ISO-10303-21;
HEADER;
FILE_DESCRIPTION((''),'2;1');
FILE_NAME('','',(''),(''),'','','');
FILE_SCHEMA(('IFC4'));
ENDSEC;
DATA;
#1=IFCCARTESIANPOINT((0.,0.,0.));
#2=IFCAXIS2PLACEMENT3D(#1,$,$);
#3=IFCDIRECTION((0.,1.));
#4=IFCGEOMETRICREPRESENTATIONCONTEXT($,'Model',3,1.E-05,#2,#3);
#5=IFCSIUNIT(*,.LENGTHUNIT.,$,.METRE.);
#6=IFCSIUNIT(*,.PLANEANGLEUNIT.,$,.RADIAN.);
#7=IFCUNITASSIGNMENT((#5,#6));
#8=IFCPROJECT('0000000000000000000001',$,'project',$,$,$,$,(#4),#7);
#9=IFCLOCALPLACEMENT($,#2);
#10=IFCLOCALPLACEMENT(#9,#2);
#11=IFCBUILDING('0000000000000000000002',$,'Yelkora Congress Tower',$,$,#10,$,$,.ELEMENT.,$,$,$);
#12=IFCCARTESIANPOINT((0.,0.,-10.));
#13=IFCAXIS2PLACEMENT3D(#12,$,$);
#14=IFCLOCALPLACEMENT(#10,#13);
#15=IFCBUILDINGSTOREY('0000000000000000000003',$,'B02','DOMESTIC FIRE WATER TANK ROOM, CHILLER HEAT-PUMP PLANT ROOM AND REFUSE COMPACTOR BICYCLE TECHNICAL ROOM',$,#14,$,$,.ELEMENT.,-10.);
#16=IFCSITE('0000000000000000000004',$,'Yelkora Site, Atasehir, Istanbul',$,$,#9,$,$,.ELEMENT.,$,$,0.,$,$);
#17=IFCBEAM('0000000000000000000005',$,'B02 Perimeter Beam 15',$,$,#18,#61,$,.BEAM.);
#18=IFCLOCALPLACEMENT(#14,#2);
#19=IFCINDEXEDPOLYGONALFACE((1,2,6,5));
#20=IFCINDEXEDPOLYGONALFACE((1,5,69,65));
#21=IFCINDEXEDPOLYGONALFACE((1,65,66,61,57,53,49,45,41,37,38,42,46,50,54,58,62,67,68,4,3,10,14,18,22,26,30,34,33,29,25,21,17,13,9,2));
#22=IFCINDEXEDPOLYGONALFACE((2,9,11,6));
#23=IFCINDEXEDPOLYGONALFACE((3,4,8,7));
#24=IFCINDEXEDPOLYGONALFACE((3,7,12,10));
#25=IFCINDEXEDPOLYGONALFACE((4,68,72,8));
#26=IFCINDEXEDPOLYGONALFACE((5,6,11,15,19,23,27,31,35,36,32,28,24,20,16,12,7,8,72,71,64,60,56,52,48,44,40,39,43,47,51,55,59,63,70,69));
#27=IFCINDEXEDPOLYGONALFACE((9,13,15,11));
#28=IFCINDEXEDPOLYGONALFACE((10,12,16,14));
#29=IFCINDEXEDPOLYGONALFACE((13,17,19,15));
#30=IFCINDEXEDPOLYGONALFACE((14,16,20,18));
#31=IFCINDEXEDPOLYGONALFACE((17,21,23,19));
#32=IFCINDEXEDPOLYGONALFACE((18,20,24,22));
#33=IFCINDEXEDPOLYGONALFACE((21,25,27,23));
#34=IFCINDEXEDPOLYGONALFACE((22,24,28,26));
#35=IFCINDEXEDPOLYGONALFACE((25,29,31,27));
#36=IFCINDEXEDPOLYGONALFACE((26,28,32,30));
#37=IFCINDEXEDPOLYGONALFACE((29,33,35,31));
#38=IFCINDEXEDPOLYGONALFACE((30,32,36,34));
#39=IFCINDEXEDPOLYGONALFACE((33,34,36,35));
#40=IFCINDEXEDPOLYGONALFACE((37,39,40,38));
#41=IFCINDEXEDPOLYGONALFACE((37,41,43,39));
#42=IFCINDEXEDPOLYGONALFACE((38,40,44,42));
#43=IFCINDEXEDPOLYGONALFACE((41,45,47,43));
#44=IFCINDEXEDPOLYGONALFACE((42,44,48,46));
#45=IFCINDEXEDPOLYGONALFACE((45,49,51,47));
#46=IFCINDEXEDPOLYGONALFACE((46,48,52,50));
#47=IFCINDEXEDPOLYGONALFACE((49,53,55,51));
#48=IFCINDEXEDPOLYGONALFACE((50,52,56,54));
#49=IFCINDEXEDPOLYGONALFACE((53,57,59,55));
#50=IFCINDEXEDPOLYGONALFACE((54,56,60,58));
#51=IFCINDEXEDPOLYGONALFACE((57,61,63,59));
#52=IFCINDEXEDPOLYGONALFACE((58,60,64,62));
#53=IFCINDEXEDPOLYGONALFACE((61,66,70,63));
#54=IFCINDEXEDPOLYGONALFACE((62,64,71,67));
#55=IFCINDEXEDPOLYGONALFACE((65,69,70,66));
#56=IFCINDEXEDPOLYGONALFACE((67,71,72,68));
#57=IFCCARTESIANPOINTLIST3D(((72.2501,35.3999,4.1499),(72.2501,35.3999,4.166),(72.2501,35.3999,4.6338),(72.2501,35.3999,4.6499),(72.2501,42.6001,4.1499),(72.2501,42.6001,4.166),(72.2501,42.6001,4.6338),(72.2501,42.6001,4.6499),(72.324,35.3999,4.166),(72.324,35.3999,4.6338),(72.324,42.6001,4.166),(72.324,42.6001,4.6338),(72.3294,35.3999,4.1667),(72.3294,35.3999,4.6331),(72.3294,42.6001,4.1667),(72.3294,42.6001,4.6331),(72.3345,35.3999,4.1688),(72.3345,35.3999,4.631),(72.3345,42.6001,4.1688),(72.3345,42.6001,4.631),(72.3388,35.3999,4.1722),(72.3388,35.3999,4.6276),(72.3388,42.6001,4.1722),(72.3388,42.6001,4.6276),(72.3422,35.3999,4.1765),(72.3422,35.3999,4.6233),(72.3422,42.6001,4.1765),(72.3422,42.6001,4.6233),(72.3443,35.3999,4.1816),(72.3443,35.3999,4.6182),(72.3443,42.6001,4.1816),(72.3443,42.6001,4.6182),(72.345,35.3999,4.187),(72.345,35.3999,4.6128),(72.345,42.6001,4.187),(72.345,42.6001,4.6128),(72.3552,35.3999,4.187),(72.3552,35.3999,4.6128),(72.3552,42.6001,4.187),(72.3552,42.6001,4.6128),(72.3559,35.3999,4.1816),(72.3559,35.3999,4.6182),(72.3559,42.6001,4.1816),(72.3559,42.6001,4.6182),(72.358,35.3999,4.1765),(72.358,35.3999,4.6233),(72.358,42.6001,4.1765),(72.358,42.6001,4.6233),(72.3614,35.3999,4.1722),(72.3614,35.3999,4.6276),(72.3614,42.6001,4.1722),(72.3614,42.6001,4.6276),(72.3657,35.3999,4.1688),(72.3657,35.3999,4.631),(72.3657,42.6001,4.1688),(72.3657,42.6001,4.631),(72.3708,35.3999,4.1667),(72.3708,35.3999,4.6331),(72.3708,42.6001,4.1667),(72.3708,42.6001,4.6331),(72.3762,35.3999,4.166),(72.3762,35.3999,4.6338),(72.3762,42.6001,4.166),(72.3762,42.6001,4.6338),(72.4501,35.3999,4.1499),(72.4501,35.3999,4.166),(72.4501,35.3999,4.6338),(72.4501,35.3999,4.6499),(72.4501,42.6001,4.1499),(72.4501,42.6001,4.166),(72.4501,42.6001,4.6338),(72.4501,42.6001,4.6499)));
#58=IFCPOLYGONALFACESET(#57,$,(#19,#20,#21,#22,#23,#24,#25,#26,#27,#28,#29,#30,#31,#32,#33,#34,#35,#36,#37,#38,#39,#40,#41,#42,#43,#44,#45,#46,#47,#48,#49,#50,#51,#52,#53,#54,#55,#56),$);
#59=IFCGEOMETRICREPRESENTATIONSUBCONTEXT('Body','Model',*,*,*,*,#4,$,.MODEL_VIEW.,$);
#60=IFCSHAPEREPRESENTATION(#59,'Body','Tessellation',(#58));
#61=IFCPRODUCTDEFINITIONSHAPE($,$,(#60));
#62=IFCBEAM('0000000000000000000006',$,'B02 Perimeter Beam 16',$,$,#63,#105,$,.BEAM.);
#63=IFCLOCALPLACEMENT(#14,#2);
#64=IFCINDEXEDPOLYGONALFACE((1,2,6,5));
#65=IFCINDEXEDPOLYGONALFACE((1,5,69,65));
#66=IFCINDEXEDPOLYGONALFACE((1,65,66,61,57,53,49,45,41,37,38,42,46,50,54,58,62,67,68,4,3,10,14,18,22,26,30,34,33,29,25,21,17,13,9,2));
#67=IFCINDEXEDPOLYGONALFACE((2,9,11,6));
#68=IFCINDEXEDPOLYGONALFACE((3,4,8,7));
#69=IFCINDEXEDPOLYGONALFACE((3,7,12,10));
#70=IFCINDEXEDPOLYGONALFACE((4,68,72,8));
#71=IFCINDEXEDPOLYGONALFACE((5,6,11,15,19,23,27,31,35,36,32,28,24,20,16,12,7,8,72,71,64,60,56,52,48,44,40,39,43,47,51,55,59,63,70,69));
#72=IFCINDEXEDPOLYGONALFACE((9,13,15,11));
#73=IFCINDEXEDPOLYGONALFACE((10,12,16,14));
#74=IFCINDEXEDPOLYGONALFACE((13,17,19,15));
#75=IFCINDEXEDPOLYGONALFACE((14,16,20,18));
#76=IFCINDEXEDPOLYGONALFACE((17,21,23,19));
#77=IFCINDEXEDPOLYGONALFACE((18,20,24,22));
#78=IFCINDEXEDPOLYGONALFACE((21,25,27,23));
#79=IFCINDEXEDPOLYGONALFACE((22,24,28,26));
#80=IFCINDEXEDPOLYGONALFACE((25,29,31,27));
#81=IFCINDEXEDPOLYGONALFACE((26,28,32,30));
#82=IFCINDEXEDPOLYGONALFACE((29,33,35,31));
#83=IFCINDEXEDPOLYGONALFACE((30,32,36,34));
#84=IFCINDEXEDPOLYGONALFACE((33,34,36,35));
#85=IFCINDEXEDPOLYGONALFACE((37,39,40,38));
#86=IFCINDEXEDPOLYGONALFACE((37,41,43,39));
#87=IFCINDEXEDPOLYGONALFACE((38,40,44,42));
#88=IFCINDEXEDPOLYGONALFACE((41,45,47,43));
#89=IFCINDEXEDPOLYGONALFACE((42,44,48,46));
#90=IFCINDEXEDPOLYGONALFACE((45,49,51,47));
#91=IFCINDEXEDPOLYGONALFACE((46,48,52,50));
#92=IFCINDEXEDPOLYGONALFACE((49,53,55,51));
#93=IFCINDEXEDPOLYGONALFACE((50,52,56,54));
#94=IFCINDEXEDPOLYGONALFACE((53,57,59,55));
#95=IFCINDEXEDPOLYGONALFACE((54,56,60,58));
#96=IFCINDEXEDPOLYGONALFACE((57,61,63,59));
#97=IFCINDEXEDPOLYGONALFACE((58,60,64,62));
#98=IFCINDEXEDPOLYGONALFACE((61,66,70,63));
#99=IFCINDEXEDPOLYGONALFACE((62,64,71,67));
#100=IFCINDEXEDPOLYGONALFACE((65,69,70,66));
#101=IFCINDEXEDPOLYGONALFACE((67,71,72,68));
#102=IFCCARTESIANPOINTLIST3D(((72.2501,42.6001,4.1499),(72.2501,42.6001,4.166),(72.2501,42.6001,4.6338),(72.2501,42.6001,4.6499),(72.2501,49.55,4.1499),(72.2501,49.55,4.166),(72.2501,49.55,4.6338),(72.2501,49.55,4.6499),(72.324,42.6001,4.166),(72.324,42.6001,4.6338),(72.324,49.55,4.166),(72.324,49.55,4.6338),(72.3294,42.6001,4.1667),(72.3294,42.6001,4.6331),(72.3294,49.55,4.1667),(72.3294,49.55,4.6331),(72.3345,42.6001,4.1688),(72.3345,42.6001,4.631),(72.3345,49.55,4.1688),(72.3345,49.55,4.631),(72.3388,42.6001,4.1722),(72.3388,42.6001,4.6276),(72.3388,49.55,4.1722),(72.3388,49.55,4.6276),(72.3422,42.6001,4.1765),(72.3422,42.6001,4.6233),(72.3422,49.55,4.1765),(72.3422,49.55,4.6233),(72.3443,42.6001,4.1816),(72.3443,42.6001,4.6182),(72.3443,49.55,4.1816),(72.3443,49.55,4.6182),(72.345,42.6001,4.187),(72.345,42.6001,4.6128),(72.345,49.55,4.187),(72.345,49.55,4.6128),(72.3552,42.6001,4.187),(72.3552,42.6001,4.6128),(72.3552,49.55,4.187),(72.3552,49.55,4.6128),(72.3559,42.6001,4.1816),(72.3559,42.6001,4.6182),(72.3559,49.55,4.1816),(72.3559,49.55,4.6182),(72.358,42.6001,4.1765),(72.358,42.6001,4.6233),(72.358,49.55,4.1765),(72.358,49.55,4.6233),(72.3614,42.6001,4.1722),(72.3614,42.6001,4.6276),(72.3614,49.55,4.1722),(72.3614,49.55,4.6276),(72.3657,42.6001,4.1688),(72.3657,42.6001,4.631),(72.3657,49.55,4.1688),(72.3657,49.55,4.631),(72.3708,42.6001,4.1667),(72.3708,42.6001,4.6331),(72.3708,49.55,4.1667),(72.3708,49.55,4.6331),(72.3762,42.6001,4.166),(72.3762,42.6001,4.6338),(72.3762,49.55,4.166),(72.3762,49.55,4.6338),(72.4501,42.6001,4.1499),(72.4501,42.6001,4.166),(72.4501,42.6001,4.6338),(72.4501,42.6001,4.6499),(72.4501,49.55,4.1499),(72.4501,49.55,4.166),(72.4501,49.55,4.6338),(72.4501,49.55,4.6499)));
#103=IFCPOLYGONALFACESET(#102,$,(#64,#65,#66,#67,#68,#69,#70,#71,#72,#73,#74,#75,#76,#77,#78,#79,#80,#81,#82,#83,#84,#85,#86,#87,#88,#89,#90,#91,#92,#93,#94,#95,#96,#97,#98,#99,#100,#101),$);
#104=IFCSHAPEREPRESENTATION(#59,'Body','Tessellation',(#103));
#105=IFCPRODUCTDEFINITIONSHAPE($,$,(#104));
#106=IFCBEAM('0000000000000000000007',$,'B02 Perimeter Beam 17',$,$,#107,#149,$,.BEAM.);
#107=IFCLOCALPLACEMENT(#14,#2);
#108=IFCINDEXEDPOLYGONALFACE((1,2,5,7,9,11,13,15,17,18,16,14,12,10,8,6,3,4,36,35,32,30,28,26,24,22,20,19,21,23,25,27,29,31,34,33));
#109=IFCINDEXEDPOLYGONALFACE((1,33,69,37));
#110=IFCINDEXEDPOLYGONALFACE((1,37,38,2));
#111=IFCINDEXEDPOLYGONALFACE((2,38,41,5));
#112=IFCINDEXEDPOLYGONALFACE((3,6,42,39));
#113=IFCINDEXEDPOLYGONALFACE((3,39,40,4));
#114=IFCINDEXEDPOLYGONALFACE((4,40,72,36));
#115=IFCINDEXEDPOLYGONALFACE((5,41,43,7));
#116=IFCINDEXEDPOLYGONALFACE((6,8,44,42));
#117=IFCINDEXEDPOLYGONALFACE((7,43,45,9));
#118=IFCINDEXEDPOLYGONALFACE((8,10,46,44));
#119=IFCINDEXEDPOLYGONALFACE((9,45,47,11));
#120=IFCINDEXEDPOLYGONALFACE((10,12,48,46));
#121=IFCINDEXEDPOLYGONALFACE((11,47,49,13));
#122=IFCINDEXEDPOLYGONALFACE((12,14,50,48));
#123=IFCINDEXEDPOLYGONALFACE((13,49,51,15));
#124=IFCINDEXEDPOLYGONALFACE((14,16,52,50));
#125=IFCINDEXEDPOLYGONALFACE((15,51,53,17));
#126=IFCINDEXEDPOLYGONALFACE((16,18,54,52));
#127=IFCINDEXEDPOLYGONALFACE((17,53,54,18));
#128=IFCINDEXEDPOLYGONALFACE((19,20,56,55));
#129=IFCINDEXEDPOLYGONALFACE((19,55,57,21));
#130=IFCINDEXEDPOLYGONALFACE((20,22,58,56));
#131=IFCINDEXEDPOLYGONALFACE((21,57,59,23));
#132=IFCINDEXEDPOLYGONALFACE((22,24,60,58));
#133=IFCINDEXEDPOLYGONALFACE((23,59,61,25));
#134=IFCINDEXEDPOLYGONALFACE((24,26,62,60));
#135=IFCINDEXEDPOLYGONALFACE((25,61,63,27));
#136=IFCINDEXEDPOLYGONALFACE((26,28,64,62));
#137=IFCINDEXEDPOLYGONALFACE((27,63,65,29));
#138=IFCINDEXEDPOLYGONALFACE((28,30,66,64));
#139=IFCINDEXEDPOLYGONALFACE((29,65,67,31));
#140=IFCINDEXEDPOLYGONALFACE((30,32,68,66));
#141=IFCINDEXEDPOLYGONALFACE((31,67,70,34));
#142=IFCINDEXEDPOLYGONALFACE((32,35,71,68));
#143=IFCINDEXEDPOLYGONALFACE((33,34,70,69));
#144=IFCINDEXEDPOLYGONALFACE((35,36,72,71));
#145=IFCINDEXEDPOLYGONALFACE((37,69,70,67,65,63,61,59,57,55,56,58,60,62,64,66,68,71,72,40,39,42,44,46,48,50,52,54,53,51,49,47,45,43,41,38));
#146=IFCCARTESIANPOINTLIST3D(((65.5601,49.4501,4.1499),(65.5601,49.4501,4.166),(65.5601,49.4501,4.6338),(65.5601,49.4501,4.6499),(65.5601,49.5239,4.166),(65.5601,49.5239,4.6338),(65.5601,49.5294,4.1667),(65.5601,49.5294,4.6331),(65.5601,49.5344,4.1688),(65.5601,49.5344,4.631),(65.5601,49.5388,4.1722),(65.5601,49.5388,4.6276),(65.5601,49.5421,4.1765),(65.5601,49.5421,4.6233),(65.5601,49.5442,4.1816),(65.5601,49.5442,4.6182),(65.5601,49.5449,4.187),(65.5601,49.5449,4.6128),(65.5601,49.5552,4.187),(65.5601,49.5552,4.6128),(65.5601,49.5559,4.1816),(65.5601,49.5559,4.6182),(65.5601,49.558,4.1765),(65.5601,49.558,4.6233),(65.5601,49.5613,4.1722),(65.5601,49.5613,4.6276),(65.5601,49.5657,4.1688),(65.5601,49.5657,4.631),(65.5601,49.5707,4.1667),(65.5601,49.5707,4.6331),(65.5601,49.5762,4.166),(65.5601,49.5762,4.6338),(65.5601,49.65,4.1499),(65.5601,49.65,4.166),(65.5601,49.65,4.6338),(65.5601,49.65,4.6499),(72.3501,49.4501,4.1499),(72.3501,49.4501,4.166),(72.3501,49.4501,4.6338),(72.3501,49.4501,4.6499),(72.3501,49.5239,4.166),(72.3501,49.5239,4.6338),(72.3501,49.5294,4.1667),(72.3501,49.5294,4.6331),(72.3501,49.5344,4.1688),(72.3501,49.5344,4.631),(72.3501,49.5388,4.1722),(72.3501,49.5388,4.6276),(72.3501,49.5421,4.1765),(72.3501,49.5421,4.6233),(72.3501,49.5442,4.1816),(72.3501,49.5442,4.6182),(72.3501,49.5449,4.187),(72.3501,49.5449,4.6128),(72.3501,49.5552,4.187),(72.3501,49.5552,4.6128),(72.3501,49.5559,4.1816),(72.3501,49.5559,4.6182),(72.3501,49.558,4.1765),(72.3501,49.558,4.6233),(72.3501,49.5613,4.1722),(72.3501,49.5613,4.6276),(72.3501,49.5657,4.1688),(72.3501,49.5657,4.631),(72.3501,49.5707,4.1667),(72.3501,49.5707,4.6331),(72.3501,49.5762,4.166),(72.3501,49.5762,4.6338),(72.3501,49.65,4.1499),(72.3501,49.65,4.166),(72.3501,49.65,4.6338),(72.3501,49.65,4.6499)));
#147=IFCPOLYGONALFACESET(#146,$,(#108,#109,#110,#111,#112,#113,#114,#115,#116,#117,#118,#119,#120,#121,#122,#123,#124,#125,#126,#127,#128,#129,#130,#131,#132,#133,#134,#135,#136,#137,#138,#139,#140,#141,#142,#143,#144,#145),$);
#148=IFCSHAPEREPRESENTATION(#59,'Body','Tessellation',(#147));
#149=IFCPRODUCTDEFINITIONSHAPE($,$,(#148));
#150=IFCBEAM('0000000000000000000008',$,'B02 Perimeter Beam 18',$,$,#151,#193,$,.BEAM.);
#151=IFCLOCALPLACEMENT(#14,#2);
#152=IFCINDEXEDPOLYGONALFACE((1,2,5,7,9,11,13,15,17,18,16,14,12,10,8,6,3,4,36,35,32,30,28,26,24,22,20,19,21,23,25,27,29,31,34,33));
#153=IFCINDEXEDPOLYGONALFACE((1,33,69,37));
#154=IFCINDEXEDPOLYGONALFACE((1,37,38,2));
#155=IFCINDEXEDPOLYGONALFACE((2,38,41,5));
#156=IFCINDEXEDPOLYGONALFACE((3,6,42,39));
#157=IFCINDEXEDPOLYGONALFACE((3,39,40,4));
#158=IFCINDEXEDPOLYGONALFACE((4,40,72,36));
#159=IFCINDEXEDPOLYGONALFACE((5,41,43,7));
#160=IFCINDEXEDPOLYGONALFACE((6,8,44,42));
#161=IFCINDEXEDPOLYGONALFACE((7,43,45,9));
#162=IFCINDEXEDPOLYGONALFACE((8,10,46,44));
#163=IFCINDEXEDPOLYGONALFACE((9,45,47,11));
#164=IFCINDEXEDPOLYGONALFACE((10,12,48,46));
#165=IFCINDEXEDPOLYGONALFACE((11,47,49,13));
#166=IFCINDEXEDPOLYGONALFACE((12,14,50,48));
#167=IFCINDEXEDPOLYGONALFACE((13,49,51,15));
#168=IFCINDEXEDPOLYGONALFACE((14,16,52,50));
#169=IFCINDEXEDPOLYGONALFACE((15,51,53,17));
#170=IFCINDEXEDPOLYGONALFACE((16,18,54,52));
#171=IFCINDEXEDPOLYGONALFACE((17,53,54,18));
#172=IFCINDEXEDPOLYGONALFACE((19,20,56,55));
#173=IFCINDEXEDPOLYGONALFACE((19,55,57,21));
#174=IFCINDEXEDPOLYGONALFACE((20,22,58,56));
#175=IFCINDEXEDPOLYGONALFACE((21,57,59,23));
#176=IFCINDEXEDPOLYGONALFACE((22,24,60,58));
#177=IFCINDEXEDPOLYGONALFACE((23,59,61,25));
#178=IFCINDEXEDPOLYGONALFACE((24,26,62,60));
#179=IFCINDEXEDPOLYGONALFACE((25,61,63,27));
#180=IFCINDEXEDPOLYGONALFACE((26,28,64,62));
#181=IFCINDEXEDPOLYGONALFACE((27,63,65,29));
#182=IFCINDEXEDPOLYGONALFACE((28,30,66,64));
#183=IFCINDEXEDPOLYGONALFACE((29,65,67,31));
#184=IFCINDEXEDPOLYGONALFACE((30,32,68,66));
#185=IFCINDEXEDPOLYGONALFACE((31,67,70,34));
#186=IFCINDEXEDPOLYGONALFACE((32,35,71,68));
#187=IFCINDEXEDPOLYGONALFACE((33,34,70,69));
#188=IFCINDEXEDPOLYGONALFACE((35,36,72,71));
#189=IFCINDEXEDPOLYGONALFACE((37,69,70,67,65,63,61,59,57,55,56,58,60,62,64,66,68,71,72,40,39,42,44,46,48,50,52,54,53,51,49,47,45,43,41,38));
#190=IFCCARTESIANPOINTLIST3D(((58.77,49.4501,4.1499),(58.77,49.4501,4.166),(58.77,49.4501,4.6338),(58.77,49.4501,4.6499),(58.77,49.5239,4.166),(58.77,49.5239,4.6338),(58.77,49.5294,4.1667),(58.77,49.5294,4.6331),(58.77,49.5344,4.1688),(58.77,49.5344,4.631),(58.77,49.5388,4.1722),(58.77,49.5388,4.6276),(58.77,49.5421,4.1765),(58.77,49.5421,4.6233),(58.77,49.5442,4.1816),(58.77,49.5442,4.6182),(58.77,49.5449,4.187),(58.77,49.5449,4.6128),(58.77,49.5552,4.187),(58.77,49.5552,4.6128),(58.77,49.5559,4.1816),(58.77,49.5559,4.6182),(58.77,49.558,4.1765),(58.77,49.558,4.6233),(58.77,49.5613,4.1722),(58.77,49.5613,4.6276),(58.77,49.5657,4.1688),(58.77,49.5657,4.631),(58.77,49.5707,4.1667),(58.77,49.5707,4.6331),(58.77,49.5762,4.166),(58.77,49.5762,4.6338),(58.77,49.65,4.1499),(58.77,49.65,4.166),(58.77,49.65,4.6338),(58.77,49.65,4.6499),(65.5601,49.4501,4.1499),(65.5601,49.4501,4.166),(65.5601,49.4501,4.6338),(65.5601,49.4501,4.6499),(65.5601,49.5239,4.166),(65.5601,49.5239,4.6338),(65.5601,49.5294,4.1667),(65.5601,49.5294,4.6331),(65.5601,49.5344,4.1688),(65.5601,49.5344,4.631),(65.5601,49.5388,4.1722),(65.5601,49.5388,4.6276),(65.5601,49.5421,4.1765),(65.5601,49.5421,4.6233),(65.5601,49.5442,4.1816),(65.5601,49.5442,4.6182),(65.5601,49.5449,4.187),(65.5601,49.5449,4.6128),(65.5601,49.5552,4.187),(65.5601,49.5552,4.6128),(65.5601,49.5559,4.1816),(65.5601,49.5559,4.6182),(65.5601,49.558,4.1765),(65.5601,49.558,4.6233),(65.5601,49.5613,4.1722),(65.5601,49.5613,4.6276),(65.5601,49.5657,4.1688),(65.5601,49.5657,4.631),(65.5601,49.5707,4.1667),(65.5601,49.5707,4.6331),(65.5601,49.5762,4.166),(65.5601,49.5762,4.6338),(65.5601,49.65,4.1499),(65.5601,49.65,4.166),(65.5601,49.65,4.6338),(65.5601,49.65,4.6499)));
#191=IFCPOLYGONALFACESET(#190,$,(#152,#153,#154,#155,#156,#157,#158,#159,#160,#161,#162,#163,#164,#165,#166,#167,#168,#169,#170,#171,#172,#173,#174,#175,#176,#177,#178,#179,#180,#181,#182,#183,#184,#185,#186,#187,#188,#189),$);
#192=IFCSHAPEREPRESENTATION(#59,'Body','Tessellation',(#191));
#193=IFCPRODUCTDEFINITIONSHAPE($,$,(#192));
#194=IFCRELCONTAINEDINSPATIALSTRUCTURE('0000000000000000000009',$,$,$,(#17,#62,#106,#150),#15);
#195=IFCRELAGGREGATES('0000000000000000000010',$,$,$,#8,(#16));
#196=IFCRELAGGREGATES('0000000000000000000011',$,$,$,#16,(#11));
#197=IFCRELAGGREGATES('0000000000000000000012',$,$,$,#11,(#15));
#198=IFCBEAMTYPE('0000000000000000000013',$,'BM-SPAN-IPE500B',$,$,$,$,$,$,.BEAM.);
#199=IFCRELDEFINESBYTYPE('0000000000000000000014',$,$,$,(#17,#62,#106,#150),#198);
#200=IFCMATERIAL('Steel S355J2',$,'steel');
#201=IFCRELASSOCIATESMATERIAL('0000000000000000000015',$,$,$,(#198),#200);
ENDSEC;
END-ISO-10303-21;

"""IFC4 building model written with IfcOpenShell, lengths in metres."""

from ifc_helpers import new_model, si_unit, direction, frame, origin, origin_2d, place, context, subcontext, project, spatial, i_section, extrude, material, material_profile, profile_set, type_object, element, save


model = new_model("IFC4")

# Units and contexts
model_context = context("Model", 3, precision=1e-05, world=origin(), true_north=direction((0.0, 1.0)))
body_context = subcontext(model_context, "Body", "Model", "MODEL_VIEW")
ifc_project = project(units=[si_unit("LENGTHUNIT", "METRE"), si_unit("PLANEANGLEUNIT", "RADIAN")], contexts=[model_context])

# Site, building, storey
site_placement = place(None, origin())
site = spatial("IfcSite", under=ifc_project, at=site_placement, Name="Yelkora Site, Atasehir, Istanbul", CompositionType="ELEMENT", RefElevation=0.0)
building_placement = place(site_placement, origin())
building = spatial("IfcBuilding", under=site, at=building_placement, Name="Yelkora Congress Tower", CompositionType="ELEMENT")
storey_placement = place(building_placement, frame((0.0, 0.0, -10.0)))
storey = spatial("IfcBuildingStorey", under=building, at=storey_placement, Name="B02", Description="DOMESTIC FIRE WATER TANK ROOM, CHILLER HEAT-PUMP PLANT ROOM AND REFUSE COMPACTOR BICYCLE TECHNICAL ROOM", CompositionType="ELEMENT", Elevation=-10.0)

# Beams
ifc_material_1 = material(Name="Steel S355J2", Category="steel")
ifc_material_profile_1 = material_profile(ifc_material_1, i_section(OverallWidth=0.2, OverallDepth=0.5, WebThickness=0.0103, FlangeThickness=0.0161, FilletRadius=0.021, at=origin_2d()), Name="IPE 500")
ifc_profile_set_1 = profile_set([ifc_material_profile_1], Name="Steel S355J2")
beam_type_1 = type_object("IfcBeamType", Name="BM-SPAN-IPE500B", PredefinedType="BEAM", material=ifc_profile_set_1)
beam_1_placement = place(storey_placement, frame((72.3501, 35.3999, 4.3999), z_axis=(0.0, 1.0, 0.0), x_axis=(-1.0, 0.0, 0.0)))
element("IfcBeam", 1, at=beam_1_placement, inside=storey, type_object=beam_type_1, Name="B02 Perimeter Beam 15", PredefinedType="BEAM", context=body_context, shape_type="SweptSolid", body=[
    extrude(i_section(OverallWidth=0.2, OverallDepth=0.5, WebThickness=0.0103, FlangeThickness=0.0161, FilletRadius=0.021, at=origin_2d()), origin(), (0.0, 0.0, 1.0), 7.2002),
])
beam_2_placement = place(storey_placement, frame((72.3501, 42.6001, 4.3999), z_axis=(0.0, 1.0, 0.0), x_axis=(-1.0, 0.0, 0.0)))
element("IfcBeam", 2, at=beam_2_placement, inside=storey, type_object=beam_type_1, Name="B02 Perimeter Beam 16", PredefinedType="BEAM", context=body_context, shape_type="SweptSolid", body=[
    extrude(i_section(OverallWidth=0.2, OverallDepth=0.5, WebThickness=0.0103, FlangeThickness=0.0161, FilletRadius=0.021, at=origin_2d()), origin(), (0.0, 0.0, 1.0), 6.95),
])
for number, where, z_axis, x_axis, name in (
    (3, (72.3501, 49.55, 4.3999), (-1.0, 0.0, 0.0), (0.0, -1.0, 0.0), "B02 Perimeter Beam 17"),
    (4, (65.5601, 49.55, 4.3999), (-1.0, 0.0, 0.0), (0.0, -1.0, 0.0), "B02 Perimeter Beam 18"),
):
    element("IfcBeam", number, at=place(storey_placement, frame(where, z_axis=z_axis, x_axis=x_axis)), inside=storey, type_object=beam_type_1, Name=name, PredefinedType="BEAM", context=body_context, shape_type="SweptSolid", body=[
        extrude(i_section(OverallWidth=0.2, OverallDepth=0.5, WebThickness=0.0103, FlangeThickness=0.0161, FilletRadius=0.021, at=origin_2d()), origin(), (0.0, 0.0, 1.0), 6.79),
    ])

save(model, "model.ifc")
